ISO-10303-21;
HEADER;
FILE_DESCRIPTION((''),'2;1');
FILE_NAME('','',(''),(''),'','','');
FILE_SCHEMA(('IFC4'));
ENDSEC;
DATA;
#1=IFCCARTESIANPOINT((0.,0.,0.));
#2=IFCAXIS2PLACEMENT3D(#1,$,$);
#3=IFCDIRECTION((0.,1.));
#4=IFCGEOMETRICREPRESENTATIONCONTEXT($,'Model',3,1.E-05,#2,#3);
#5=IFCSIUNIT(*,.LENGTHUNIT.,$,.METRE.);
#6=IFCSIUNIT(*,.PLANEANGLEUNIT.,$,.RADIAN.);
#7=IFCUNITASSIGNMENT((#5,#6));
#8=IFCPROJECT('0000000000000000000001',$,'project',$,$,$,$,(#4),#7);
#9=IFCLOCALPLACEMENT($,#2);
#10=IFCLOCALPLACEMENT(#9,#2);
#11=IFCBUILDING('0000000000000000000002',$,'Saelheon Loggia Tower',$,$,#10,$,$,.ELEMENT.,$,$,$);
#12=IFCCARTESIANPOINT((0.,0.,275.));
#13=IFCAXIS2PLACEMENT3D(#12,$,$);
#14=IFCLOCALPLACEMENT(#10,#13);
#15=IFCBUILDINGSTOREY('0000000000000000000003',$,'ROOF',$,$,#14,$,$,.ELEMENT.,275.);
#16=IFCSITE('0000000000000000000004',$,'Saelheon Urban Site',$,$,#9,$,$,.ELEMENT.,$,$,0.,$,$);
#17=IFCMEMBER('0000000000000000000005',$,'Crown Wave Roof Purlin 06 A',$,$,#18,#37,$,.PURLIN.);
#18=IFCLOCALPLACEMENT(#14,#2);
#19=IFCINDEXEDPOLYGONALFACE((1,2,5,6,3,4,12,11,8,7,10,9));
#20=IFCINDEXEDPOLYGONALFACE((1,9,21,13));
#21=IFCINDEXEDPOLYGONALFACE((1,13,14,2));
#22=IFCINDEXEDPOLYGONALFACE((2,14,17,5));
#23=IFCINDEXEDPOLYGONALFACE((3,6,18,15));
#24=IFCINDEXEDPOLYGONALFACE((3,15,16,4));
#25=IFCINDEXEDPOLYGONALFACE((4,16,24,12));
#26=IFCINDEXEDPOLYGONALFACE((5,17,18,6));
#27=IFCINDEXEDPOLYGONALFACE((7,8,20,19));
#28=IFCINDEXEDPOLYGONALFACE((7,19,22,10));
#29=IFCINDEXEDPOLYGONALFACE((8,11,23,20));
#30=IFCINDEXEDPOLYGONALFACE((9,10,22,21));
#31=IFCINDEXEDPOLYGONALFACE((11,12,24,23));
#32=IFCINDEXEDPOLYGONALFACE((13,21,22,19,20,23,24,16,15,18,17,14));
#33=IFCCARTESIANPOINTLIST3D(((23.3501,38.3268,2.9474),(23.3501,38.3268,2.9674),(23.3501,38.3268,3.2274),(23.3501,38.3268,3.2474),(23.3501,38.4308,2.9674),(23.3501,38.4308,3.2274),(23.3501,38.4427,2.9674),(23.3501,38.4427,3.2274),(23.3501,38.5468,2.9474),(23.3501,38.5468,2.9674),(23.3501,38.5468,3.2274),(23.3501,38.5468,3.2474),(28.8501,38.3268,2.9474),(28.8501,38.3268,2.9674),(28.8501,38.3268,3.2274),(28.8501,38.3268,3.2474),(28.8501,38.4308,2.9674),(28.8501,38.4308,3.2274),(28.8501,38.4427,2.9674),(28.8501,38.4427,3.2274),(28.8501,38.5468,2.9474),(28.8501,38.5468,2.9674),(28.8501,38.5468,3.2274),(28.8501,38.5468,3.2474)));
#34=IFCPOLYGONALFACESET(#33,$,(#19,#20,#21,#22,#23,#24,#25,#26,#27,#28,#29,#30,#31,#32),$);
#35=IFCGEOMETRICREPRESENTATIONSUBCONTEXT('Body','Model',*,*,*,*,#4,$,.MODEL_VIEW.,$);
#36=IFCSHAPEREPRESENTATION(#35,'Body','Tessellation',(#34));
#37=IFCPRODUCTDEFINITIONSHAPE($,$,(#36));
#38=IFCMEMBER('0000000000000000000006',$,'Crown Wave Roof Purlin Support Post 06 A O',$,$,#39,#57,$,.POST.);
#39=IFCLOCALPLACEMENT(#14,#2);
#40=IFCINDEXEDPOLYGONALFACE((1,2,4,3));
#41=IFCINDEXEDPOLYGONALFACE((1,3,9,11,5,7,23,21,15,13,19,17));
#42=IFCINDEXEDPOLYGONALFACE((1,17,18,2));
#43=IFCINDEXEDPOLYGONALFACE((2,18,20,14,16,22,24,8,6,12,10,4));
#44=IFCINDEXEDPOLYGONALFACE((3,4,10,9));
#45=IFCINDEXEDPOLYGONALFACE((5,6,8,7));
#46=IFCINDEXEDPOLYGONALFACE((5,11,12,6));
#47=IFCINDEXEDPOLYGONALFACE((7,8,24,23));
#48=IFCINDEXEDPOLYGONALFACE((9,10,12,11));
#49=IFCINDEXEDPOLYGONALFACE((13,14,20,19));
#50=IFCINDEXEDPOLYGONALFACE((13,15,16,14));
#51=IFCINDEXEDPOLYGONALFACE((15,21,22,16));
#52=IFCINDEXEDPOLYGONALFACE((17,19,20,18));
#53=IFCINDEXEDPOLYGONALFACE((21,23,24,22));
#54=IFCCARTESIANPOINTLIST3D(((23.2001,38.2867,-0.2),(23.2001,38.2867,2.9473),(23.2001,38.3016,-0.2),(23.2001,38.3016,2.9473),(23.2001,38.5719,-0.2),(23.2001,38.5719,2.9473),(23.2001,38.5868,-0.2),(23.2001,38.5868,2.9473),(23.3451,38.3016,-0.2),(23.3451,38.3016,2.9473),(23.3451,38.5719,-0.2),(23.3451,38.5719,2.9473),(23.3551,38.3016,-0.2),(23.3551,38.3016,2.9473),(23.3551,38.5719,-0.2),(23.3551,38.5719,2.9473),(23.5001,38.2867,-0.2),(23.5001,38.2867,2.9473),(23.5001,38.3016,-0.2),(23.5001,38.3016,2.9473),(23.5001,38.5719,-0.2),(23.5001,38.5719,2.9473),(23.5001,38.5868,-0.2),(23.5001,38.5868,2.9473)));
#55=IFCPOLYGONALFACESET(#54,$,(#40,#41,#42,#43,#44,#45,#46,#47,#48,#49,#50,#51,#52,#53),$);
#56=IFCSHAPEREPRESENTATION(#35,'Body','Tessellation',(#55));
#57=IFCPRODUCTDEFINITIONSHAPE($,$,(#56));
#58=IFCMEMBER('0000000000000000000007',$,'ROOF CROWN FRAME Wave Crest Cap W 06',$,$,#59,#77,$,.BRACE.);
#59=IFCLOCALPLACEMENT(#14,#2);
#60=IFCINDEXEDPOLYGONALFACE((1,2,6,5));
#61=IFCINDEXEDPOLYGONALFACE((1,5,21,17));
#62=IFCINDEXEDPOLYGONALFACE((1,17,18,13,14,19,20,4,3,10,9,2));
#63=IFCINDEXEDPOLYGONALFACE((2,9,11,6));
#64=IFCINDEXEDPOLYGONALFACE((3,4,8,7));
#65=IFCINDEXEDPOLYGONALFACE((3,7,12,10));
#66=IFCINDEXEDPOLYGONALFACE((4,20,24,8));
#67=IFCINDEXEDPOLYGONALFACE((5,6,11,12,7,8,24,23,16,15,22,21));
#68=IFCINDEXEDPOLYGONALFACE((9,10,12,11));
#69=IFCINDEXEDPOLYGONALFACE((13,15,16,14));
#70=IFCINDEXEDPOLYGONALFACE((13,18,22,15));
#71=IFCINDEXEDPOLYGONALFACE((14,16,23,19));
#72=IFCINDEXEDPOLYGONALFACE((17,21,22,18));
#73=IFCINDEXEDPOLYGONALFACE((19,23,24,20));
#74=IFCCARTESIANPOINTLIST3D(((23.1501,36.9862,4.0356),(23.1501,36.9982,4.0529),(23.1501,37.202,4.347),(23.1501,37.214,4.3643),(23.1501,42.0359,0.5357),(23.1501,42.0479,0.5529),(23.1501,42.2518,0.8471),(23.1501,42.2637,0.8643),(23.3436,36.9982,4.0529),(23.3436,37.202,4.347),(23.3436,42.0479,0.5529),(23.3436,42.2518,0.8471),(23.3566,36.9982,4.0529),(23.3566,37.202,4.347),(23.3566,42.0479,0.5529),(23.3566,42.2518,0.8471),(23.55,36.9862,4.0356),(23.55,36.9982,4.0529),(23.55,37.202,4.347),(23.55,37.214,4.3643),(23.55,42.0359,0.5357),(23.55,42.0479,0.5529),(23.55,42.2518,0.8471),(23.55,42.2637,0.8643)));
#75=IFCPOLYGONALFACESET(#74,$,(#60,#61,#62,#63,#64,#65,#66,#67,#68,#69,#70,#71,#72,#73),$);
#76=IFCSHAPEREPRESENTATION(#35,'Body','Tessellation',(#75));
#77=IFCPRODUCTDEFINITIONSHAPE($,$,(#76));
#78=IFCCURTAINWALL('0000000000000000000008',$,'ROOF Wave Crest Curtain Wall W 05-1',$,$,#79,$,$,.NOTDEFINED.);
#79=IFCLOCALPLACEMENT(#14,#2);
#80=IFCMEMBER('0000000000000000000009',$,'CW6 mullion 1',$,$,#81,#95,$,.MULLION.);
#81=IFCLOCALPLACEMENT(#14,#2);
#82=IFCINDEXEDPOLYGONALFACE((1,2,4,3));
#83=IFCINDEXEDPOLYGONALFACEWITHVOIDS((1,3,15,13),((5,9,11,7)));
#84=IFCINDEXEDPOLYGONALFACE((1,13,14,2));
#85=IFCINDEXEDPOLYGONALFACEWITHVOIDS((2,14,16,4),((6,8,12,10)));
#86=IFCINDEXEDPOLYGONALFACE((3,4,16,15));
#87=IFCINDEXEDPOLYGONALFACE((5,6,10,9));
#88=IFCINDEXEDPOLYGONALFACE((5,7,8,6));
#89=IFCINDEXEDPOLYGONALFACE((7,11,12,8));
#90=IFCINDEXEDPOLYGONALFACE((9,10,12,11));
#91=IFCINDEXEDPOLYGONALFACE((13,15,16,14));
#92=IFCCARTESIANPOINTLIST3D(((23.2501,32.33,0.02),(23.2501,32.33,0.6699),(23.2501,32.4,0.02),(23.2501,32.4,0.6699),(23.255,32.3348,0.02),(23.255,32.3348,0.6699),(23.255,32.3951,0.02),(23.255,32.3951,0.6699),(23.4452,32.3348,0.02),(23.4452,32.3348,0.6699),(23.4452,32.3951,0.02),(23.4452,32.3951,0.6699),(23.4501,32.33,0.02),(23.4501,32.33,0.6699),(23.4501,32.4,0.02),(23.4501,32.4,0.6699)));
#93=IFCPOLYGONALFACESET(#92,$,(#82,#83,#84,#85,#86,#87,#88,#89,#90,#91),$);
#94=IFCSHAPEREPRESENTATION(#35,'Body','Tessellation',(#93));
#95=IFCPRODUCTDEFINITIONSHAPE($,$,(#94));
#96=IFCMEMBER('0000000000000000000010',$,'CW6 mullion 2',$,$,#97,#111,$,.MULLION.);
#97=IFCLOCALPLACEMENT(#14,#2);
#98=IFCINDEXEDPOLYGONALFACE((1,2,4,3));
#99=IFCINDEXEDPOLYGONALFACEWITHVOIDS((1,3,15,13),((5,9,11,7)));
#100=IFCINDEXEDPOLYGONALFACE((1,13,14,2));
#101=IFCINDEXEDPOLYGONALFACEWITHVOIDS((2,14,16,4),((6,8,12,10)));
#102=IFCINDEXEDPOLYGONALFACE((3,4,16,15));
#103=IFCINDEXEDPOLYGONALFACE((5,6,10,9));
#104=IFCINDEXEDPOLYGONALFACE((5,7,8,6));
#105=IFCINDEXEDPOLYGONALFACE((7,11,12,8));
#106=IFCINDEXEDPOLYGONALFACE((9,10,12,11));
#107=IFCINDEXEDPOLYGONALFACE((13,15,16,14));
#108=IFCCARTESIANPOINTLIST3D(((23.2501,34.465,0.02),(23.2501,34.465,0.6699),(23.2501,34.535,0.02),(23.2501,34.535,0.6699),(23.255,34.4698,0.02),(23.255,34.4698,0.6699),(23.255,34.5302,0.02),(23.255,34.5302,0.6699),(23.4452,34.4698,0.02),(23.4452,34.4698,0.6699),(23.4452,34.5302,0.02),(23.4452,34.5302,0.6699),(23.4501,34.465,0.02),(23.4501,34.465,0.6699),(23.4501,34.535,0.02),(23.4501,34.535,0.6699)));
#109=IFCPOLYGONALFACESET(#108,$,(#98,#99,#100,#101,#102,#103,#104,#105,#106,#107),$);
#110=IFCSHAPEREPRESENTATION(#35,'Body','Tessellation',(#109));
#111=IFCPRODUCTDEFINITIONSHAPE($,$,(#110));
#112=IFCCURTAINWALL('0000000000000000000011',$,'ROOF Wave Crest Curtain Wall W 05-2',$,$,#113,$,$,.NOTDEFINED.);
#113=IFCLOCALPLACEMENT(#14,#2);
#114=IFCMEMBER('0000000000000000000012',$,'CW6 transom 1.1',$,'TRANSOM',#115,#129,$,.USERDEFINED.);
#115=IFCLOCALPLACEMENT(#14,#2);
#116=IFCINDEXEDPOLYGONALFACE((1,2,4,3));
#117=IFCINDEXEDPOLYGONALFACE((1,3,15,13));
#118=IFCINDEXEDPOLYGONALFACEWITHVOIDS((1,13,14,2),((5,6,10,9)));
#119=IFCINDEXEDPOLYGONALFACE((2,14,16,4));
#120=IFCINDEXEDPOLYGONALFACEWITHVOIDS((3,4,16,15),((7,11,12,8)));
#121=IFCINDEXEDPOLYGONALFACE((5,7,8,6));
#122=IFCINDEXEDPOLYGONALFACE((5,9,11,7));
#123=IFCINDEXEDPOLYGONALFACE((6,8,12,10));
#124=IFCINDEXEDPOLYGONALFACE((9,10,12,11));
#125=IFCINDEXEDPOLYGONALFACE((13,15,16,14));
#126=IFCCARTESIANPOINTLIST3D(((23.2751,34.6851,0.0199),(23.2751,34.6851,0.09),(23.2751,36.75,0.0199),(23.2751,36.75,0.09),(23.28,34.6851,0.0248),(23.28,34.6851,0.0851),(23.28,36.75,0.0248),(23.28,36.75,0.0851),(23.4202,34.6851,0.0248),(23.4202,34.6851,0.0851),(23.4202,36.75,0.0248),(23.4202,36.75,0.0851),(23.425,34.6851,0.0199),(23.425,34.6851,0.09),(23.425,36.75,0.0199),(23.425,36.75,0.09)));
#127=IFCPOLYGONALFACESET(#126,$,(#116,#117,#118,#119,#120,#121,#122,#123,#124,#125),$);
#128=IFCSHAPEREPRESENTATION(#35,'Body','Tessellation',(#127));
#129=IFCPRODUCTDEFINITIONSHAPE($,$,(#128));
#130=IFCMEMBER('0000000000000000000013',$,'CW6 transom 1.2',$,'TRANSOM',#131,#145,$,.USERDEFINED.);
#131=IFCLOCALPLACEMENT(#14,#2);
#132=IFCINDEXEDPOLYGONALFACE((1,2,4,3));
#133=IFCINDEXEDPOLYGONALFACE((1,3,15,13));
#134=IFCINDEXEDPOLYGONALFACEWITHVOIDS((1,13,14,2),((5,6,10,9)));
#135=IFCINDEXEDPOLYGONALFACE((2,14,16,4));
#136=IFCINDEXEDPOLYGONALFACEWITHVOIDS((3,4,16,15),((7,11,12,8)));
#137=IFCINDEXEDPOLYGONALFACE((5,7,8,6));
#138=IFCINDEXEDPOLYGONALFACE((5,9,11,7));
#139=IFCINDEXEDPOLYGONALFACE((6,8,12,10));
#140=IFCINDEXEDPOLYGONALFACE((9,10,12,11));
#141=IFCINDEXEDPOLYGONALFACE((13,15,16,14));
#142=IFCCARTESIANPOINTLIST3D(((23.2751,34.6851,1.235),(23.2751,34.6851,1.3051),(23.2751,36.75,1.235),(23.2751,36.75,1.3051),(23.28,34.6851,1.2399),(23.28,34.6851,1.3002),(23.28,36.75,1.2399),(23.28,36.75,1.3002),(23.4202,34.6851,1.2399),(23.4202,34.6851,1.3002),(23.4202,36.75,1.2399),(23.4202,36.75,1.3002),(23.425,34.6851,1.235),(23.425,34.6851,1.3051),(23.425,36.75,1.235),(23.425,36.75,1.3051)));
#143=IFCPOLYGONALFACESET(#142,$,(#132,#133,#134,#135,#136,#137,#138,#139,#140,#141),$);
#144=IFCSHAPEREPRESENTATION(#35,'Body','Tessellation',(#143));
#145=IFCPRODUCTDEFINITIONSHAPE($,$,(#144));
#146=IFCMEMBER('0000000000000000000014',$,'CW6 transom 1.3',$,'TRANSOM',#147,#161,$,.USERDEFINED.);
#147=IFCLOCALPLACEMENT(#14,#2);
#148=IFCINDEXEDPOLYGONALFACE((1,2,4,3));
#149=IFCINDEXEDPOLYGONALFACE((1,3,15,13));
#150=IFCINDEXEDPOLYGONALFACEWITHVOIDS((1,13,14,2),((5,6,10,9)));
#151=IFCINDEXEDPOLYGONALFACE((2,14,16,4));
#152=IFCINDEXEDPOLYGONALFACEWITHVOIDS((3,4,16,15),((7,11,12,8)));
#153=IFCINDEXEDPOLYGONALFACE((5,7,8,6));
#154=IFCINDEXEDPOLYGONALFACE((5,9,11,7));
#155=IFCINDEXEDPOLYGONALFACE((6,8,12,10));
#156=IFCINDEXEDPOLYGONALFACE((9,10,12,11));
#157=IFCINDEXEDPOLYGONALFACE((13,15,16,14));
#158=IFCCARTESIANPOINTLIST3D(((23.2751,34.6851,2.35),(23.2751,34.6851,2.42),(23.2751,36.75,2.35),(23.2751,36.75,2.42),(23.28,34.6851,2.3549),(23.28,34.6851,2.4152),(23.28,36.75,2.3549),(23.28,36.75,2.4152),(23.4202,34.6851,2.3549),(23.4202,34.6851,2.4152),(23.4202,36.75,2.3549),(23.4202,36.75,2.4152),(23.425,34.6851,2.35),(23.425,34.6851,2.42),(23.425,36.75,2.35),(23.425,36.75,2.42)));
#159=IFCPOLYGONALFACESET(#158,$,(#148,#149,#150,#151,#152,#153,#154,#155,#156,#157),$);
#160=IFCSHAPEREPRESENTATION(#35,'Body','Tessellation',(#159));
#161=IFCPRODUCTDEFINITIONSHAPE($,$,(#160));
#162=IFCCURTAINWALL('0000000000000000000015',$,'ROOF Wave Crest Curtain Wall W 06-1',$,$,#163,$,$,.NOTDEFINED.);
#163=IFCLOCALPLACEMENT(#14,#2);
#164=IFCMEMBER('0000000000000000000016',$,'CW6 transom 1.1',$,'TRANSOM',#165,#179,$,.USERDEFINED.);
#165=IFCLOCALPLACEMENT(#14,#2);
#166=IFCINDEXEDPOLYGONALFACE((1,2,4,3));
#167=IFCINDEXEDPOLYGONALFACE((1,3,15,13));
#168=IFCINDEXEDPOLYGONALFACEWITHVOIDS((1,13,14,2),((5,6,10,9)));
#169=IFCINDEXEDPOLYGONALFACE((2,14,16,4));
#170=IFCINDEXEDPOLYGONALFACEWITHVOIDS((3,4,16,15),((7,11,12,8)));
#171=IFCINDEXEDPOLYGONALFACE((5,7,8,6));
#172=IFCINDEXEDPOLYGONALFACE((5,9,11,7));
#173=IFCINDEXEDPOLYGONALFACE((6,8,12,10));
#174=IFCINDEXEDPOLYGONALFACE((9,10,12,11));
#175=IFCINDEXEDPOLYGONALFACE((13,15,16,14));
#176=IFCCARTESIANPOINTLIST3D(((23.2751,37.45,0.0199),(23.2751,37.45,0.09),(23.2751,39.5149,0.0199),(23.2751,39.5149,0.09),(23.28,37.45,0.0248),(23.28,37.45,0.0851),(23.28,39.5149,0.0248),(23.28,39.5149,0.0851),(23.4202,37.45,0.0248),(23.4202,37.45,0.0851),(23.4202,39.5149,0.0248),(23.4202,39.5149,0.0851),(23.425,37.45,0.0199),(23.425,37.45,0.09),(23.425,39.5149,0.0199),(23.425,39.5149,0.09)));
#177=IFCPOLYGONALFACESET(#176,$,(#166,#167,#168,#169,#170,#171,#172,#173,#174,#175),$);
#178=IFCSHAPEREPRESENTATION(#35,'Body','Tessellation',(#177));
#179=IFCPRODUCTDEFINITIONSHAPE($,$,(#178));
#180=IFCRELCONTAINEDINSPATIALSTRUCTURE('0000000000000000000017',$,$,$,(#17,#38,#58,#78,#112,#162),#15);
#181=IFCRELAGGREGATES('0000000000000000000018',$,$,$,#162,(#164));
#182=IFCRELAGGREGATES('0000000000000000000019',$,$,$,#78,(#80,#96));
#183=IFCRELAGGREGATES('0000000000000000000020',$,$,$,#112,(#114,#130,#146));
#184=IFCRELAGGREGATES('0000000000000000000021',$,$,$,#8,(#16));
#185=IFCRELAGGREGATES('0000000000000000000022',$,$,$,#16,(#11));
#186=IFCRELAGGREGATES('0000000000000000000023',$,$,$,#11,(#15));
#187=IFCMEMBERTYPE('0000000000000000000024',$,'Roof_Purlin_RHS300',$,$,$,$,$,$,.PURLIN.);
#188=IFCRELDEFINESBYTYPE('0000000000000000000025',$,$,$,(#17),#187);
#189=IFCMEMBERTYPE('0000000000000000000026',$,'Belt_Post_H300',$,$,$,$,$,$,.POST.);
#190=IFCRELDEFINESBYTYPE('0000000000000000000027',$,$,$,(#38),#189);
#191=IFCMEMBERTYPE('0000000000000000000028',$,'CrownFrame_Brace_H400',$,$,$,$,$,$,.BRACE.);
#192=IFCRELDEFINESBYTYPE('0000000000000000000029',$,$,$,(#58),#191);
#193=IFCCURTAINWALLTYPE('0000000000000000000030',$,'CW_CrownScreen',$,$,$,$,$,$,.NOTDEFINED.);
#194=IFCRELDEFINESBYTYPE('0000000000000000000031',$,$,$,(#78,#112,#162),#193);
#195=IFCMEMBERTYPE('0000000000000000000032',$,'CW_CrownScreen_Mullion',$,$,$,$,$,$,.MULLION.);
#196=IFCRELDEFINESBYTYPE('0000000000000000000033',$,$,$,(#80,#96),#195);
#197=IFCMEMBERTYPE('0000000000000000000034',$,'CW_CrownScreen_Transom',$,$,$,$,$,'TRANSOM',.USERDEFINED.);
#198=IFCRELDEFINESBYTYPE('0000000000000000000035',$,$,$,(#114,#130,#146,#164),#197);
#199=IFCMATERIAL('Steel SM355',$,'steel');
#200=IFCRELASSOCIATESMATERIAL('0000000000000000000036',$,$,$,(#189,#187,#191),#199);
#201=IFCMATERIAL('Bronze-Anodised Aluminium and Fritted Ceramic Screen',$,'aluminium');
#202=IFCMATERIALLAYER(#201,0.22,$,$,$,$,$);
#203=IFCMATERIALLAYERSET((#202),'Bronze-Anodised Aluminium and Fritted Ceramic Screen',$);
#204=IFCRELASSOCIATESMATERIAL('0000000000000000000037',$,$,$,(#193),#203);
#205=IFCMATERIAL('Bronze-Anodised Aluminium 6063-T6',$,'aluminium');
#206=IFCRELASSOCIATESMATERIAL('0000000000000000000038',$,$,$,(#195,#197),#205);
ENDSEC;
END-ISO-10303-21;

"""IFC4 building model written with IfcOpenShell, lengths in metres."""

from ifc_helpers import new_model, si_unit, direction, frame, origin, origin_2d, place, context, subcontext, project, spatial, hollow_rectangle, i_section, extrude, source, transform, mapped, material, layer, layer_set, material_profile, profile_set, type_object, element, aggregate, save


model = new_model("IFC4")

# Units and contexts
model_context = context("Model", 3, precision=1e-05, world=origin(), true_north=direction((0.0, 1.0)))
body_context = subcontext(model_context, "Body", "Model", "MODEL_VIEW")
ifc_project = project(units=[si_unit("LENGTHUNIT", "METRE"), si_unit("PLANEANGLEUNIT", "RADIAN")], contexts=[model_context])

# Site, building, storey
site_placement = place(None, origin())
site = spatial("IfcSite", under=ifc_project, at=site_placement, Name="Saelheon Urban Site", CompositionType="ELEMENT", RefElevation=0.0)
building_placement = place(site_placement, origin())
building = spatial("IfcBuilding", under=site, at=building_placement, Name="Saelheon Loggia Tower", CompositionType="ELEMENT")
storey_placement = place(building_placement, frame((0.0, 0.0, 275.0)))
storey = spatial("IfcBuildingStorey", under=building, at=storey_placement, Name="ROOF", CompositionType="ELEMENT", Elevation=275.0)

# Members
ifc_material_1 = material(Name="Steel SM355", Category="steel")
ifc_material_profile_1 = material_profile(ifc_material_1, i_section(OverallWidth=0.3, OverallDepth=0.3, WebThickness=0.01, FlangeThickness=0.0149, at=origin_2d()), Name="H-300x300x10x15")
ifc_profile_set_1 = profile_set([ifc_material_profile_1], Name="Steel SM355")
member_type_1 = type_object("IfcMemberType", Name="Belt_Post_H300", PredefinedType="POST", material=ifc_profile_set_1)
ifc_material_profile_2 = material_profile(ifc_material_1, i_section(OverallWidth=0.22, OverallDepth=0.3, WebThickness=0.012, FlangeThickness=0.02, at=origin_2d()), Name="H-300x220x12x20")
ifc_profile_set_2 = profile_set([ifc_material_profile_2], Name="Steel SM355")
member_type_2 = type_object("IfcMemberType", Name="Roof_Purlin_RHS300", PredefinedType="PURLIN", material=ifc_profile_set_2)
shared_shape_1 = source(origin(), body_context, "Body", "SweptSolid", [
    extrude(i_section(OverallWidth=0.22, OverallDepth=0.3, WebThickness=0.012, FlangeThickness=0.02, at=origin_2d()), origin(), (0.0, 0.0, 1.0), 5.5),
])
member_1_placement = place(storey_placement, frame((23.3501, 38.4368, 3.0974), z_axis=(1.0, 0.0, 0.0), x_axis=(0.0, 1.0, 0.0)))
element("IfcMember", 1, at=member_1_placement, inside=storey, type_object=member_type_2, Name="Crown Wave Roof Purlin 06 A", PredefinedType="PURLIN", context=body_context, shape_type="MappedRepresentation", body=[
    mapped(shared_shape_1, transform((0.0, 0.0, 0.0), scale=1.0)),
])
shared_shape_2 = source(origin(), body_context, "Body", "SweptSolid", [
    extrude(i_section(OverallWidth=0.3, OverallDepth=0.3, WebThickness=0.01, FlangeThickness=0.0149, at=origin_2d()), origin(), (0.0, 0.0, 1.0), 3.1472),
])
member_2_placement = place(storey_placement, frame((23.3501, 38.4368, -0.2), z_axis=(0.0, 0.0, 1.0), x_axis=(1.0, 0.0, 0.0)))
element("IfcMember", 2, at=member_2_placement, inside=storey, type_object=member_type_1, Name="Crown Wave Roof Purlin Support Post 06 A O", PredefinedType="POST", context=body_context, shape_type="MappedRepresentation", body=[
    mapped(shared_shape_2, transform((0.0, 0.0, 0.0), scale=1.0)),
])
ifc_material_profile_3 = material_profile(ifc_material_1, i_section(OverallWidth=0.3999, OverallDepth=0.3999, WebThickness=0.0129, FlangeThickness=0.021, at=origin_2d()), Name="H-400x400x13x21")
ifc_profile_set_3 = profile_set([ifc_material_profile_3], Name="Steel SM355")
member_type_3 = type_object("IfcMemberType", Name="CrownFrame_Brace_H400", PredefinedType="BRACE", material=ifc_profile_set_3)
shared_shape_3 = source(origin(), body_context, "Body", "SweptSolid", [
    extrude(i_section(OverallWidth=0.3999, OverallDepth=0.3999, WebThickness=0.0129, FlangeThickness=0.021, at=origin_2d()), origin(), (0.0, 0.0, 1.0), 6.144),
])
member_3_placement = place(storey_placement, frame((23.3501, 37.1001, 4.2), z_axis=(0.0, 0.821889, -0.569648), x_axis=(-1.0, 0.0, 0.0)))
element("IfcMember", 3, at=member_3_placement, inside=storey, type_object=member_type_3, Name="ROOF CROWN FRAME Wave Crest Cap W 06", PredefinedType="BRACE", context=body_context, shape_type="MappedRepresentation", body=[
    mapped(shared_shape_3, transform((0.0, 0.0, 0.0), scale=1.0)),
])

# Curtain walls, members
ifc_material_2 = material(Name="Bronze-Anodised Aluminium and Fritted Ceramic Screen", Category="aluminium")
ifc_layer_1 = layer(ifc_material_2, 0.22)
ifc_layer_set_1 = layer_set([ifc_layer_1], Name="Bronze-Anodised Aluminium and Fritted Ceramic Screen")
curtain_wall_type = type_object("IfcCurtainWallType", Name="CW_CrownScreen", PredefinedType="NOTDEFINED", material=ifc_layer_set_1)
curtain_wall_1_placement = place(storey_placement, origin())
curtain_wall_1 = element("IfcCurtainWall", 4, at=curtain_wall_1_placement, inside=storey, type_object=curtain_wall_type, Name="ROOF Wave Crest Curtain Wall W 05-1", PredefinedType="NOTDEFINED")
ifc_material_3 = material(Name="Bronze-Anodised Aluminium 6063-T6", Category="aluminium")
ifc_material_profile_4 = material_profile(ifc_material_3, hollow_rectangle(XDim=0.0701, YDim=0.2, WallThickness=0.0049, at=origin_2d()), Name="RHS-200x70x5")
ifc_profile_set_4 = profile_set([ifc_material_profile_4], Name="Bronze-Anodised Aluminium 6063-T6")
member_type_4 = type_object("IfcMemberType", Name="CW_CrownScreen_Mullion", PredefinedType="MULLION", material=ifc_profile_set_4)
shared_shape_4 = source(origin(), body_context, "Body", "SweptSolid", [
    extrude(hollow_rectangle(XDim=0.0701, YDim=0.2, WallThickness=0.0049, at=origin_2d()), origin(), (0.0, 0.0, 1.0), 0.6499),
])
member_4_placement = place(storey_placement, frame((23.3501, 32.365, 0.02), z_axis=(0.0, 0.0, 1.0), x_axis=(0.0, 1.0, 0.0)))
member_4 = element("IfcMember", 5, at=member_4_placement, type_object=member_type_4, Name="CW6 mullion 1", PredefinedType="MULLION", context=body_context, shape_type="MappedRepresentation", body=[
    mapped(shared_shape_4, transform((0.0, 0.0, 0.0), scale=1.0)),
])
member_5_placement = place(storey_placement, frame((23.3501, 34.5, 0.02), z_axis=(0.0, 0.0, 1.0), x_axis=(0.0, 1.0, 0.0)))
member_5 = element("IfcMember", 6, at=member_5_placement, type_object=member_type_4, Name="CW6 mullion 2", PredefinedType="MULLION", context=body_context, shape_type="MappedRepresentation", body=[
    mapped(shared_shape_4, transform((0.0, 0.0, 0.0), scale=1.0)),
])
curtain_wall_2_placement = place(storey_placement, origin())
curtain_wall_2 = element("IfcCurtainWall", 7, at=curtain_wall_2_placement, inside=storey, type_object=curtain_wall_type, Name="ROOF Wave Crest Curtain Wall W 05-2", PredefinedType="NOTDEFINED")
ifc_material_profile_5 = material_profile(ifc_material_3, hollow_rectangle(XDim=0.0701, YDim=0.1499, WallThickness=0.0049, at=origin_2d()), Name="RHS-150x70x5")
ifc_profile_set_5 = profile_set([ifc_material_profile_5], Name="Bronze-Anodised Aluminium 6063-T6")
member_type_5 = type_object("IfcMemberType", Name="CW_CrownScreen_Transom", ElementType="TRANSOM", PredefinedType="USERDEFINED", material=ifc_profile_set_5)
shared_shape_5 = source(origin(), body_context, "Body", "SweptSolid", [
    extrude(hollow_rectangle(XDim=0.0701, YDim=0.1499, WallThickness=0.0049, at=origin_2d()), origin(), (0.0, 0.0, 1.0), 2.0649),
])
member_6_placement = place(storey_placement, frame((23.3501, 34.6851, 0.0549), z_axis=(0.0, 1.0, 0.0), x_axis=(0.0, 0.0, 1.0)))
member_6 = element("IfcMember", 8, at=member_6_placement, type_object=member_type_5, Name="CW6 transom 1.1", ObjectType="TRANSOM", PredefinedType="USERDEFINED", context=body_context, shape_type="MappedRepresentation", body=[
    mapped(shared_shape_5, transform((0.0, 0.0, 0.0), scale=1.0)),
])
member_7_placement = place(storey_placement, frame((23.3501, 34.6851, 1.27), z_axis=(0.0, 1.0, 0.0), x_axis=(0.0, 0.0, 1.0)))
member_7 = element("IfcMember", 9, at=member_7_placement, type_object=member_type_5, Name="CW6 transom 1.2", ObjectType="TRANSOM", PredefinedType="USERDEFINED", context=body_context, shape_type="MappedRepresentation", body=[
    mapped(shared_shape_5, transform((0.0, 0.0, 0.0), scale=1.0)),
])
member_8_placement = place(storey_placement, frame((23.3501, 34.6851, 2.385), z_axis=(0.0, 1.0, 0.0), x_axis=(0.0, 0.0, 1.0)))
member_8 = element("IfcMember", 10, at=member_8_placement, type_object=member_type_5, Name="CW6 transom 1.3", ObjectType="TRANSOM", PredefinedType="USERDEFINED", context=body_context, shape_type="MappedRepresentation", body=[
    mapped(shared_shape_5, transform((0.0, 0.0, 0.0), scale=1.0)),
])
curtain_wall_3_placement = place(storey_placement, origin())
curtain_wall_3 = element("IfcCurtainWall", 11, at=curtain_wall_3_placement, inside=storey, type_object=curtain_wall_type, Name="ROOF Wave Crest Curtain Wall W 06-1", PredefinedType="NOTDEFINED")
member_9_placement = place(storey_placement, frame((23.3501, 37.45, 0.0549), z_axis=(0.0, 1.0, 0.0), x_axis=(0.0, 0.0, 1.0)))
member_9 = element("IfcMember", 12, at=member_9_placement, type_object=member_type_5, Name="CW6 transom 1.1", ObjectType="TRANSOM", PredefinedType="USERDEFINED", context=body_context, shape_type="MappedRepresentation", body=[
    mapped(shared_shape_5, transform((0.0, 0.0, 0.0), scale=1.0)),
])

aggregate(curtain_wall_3, [member_9])

aggregate(curtain_wall_1, [member_4, member_5])
aggregate(curtain_wall_2, [member_6, member_7, member_8])

save(model, "model.ifc")
